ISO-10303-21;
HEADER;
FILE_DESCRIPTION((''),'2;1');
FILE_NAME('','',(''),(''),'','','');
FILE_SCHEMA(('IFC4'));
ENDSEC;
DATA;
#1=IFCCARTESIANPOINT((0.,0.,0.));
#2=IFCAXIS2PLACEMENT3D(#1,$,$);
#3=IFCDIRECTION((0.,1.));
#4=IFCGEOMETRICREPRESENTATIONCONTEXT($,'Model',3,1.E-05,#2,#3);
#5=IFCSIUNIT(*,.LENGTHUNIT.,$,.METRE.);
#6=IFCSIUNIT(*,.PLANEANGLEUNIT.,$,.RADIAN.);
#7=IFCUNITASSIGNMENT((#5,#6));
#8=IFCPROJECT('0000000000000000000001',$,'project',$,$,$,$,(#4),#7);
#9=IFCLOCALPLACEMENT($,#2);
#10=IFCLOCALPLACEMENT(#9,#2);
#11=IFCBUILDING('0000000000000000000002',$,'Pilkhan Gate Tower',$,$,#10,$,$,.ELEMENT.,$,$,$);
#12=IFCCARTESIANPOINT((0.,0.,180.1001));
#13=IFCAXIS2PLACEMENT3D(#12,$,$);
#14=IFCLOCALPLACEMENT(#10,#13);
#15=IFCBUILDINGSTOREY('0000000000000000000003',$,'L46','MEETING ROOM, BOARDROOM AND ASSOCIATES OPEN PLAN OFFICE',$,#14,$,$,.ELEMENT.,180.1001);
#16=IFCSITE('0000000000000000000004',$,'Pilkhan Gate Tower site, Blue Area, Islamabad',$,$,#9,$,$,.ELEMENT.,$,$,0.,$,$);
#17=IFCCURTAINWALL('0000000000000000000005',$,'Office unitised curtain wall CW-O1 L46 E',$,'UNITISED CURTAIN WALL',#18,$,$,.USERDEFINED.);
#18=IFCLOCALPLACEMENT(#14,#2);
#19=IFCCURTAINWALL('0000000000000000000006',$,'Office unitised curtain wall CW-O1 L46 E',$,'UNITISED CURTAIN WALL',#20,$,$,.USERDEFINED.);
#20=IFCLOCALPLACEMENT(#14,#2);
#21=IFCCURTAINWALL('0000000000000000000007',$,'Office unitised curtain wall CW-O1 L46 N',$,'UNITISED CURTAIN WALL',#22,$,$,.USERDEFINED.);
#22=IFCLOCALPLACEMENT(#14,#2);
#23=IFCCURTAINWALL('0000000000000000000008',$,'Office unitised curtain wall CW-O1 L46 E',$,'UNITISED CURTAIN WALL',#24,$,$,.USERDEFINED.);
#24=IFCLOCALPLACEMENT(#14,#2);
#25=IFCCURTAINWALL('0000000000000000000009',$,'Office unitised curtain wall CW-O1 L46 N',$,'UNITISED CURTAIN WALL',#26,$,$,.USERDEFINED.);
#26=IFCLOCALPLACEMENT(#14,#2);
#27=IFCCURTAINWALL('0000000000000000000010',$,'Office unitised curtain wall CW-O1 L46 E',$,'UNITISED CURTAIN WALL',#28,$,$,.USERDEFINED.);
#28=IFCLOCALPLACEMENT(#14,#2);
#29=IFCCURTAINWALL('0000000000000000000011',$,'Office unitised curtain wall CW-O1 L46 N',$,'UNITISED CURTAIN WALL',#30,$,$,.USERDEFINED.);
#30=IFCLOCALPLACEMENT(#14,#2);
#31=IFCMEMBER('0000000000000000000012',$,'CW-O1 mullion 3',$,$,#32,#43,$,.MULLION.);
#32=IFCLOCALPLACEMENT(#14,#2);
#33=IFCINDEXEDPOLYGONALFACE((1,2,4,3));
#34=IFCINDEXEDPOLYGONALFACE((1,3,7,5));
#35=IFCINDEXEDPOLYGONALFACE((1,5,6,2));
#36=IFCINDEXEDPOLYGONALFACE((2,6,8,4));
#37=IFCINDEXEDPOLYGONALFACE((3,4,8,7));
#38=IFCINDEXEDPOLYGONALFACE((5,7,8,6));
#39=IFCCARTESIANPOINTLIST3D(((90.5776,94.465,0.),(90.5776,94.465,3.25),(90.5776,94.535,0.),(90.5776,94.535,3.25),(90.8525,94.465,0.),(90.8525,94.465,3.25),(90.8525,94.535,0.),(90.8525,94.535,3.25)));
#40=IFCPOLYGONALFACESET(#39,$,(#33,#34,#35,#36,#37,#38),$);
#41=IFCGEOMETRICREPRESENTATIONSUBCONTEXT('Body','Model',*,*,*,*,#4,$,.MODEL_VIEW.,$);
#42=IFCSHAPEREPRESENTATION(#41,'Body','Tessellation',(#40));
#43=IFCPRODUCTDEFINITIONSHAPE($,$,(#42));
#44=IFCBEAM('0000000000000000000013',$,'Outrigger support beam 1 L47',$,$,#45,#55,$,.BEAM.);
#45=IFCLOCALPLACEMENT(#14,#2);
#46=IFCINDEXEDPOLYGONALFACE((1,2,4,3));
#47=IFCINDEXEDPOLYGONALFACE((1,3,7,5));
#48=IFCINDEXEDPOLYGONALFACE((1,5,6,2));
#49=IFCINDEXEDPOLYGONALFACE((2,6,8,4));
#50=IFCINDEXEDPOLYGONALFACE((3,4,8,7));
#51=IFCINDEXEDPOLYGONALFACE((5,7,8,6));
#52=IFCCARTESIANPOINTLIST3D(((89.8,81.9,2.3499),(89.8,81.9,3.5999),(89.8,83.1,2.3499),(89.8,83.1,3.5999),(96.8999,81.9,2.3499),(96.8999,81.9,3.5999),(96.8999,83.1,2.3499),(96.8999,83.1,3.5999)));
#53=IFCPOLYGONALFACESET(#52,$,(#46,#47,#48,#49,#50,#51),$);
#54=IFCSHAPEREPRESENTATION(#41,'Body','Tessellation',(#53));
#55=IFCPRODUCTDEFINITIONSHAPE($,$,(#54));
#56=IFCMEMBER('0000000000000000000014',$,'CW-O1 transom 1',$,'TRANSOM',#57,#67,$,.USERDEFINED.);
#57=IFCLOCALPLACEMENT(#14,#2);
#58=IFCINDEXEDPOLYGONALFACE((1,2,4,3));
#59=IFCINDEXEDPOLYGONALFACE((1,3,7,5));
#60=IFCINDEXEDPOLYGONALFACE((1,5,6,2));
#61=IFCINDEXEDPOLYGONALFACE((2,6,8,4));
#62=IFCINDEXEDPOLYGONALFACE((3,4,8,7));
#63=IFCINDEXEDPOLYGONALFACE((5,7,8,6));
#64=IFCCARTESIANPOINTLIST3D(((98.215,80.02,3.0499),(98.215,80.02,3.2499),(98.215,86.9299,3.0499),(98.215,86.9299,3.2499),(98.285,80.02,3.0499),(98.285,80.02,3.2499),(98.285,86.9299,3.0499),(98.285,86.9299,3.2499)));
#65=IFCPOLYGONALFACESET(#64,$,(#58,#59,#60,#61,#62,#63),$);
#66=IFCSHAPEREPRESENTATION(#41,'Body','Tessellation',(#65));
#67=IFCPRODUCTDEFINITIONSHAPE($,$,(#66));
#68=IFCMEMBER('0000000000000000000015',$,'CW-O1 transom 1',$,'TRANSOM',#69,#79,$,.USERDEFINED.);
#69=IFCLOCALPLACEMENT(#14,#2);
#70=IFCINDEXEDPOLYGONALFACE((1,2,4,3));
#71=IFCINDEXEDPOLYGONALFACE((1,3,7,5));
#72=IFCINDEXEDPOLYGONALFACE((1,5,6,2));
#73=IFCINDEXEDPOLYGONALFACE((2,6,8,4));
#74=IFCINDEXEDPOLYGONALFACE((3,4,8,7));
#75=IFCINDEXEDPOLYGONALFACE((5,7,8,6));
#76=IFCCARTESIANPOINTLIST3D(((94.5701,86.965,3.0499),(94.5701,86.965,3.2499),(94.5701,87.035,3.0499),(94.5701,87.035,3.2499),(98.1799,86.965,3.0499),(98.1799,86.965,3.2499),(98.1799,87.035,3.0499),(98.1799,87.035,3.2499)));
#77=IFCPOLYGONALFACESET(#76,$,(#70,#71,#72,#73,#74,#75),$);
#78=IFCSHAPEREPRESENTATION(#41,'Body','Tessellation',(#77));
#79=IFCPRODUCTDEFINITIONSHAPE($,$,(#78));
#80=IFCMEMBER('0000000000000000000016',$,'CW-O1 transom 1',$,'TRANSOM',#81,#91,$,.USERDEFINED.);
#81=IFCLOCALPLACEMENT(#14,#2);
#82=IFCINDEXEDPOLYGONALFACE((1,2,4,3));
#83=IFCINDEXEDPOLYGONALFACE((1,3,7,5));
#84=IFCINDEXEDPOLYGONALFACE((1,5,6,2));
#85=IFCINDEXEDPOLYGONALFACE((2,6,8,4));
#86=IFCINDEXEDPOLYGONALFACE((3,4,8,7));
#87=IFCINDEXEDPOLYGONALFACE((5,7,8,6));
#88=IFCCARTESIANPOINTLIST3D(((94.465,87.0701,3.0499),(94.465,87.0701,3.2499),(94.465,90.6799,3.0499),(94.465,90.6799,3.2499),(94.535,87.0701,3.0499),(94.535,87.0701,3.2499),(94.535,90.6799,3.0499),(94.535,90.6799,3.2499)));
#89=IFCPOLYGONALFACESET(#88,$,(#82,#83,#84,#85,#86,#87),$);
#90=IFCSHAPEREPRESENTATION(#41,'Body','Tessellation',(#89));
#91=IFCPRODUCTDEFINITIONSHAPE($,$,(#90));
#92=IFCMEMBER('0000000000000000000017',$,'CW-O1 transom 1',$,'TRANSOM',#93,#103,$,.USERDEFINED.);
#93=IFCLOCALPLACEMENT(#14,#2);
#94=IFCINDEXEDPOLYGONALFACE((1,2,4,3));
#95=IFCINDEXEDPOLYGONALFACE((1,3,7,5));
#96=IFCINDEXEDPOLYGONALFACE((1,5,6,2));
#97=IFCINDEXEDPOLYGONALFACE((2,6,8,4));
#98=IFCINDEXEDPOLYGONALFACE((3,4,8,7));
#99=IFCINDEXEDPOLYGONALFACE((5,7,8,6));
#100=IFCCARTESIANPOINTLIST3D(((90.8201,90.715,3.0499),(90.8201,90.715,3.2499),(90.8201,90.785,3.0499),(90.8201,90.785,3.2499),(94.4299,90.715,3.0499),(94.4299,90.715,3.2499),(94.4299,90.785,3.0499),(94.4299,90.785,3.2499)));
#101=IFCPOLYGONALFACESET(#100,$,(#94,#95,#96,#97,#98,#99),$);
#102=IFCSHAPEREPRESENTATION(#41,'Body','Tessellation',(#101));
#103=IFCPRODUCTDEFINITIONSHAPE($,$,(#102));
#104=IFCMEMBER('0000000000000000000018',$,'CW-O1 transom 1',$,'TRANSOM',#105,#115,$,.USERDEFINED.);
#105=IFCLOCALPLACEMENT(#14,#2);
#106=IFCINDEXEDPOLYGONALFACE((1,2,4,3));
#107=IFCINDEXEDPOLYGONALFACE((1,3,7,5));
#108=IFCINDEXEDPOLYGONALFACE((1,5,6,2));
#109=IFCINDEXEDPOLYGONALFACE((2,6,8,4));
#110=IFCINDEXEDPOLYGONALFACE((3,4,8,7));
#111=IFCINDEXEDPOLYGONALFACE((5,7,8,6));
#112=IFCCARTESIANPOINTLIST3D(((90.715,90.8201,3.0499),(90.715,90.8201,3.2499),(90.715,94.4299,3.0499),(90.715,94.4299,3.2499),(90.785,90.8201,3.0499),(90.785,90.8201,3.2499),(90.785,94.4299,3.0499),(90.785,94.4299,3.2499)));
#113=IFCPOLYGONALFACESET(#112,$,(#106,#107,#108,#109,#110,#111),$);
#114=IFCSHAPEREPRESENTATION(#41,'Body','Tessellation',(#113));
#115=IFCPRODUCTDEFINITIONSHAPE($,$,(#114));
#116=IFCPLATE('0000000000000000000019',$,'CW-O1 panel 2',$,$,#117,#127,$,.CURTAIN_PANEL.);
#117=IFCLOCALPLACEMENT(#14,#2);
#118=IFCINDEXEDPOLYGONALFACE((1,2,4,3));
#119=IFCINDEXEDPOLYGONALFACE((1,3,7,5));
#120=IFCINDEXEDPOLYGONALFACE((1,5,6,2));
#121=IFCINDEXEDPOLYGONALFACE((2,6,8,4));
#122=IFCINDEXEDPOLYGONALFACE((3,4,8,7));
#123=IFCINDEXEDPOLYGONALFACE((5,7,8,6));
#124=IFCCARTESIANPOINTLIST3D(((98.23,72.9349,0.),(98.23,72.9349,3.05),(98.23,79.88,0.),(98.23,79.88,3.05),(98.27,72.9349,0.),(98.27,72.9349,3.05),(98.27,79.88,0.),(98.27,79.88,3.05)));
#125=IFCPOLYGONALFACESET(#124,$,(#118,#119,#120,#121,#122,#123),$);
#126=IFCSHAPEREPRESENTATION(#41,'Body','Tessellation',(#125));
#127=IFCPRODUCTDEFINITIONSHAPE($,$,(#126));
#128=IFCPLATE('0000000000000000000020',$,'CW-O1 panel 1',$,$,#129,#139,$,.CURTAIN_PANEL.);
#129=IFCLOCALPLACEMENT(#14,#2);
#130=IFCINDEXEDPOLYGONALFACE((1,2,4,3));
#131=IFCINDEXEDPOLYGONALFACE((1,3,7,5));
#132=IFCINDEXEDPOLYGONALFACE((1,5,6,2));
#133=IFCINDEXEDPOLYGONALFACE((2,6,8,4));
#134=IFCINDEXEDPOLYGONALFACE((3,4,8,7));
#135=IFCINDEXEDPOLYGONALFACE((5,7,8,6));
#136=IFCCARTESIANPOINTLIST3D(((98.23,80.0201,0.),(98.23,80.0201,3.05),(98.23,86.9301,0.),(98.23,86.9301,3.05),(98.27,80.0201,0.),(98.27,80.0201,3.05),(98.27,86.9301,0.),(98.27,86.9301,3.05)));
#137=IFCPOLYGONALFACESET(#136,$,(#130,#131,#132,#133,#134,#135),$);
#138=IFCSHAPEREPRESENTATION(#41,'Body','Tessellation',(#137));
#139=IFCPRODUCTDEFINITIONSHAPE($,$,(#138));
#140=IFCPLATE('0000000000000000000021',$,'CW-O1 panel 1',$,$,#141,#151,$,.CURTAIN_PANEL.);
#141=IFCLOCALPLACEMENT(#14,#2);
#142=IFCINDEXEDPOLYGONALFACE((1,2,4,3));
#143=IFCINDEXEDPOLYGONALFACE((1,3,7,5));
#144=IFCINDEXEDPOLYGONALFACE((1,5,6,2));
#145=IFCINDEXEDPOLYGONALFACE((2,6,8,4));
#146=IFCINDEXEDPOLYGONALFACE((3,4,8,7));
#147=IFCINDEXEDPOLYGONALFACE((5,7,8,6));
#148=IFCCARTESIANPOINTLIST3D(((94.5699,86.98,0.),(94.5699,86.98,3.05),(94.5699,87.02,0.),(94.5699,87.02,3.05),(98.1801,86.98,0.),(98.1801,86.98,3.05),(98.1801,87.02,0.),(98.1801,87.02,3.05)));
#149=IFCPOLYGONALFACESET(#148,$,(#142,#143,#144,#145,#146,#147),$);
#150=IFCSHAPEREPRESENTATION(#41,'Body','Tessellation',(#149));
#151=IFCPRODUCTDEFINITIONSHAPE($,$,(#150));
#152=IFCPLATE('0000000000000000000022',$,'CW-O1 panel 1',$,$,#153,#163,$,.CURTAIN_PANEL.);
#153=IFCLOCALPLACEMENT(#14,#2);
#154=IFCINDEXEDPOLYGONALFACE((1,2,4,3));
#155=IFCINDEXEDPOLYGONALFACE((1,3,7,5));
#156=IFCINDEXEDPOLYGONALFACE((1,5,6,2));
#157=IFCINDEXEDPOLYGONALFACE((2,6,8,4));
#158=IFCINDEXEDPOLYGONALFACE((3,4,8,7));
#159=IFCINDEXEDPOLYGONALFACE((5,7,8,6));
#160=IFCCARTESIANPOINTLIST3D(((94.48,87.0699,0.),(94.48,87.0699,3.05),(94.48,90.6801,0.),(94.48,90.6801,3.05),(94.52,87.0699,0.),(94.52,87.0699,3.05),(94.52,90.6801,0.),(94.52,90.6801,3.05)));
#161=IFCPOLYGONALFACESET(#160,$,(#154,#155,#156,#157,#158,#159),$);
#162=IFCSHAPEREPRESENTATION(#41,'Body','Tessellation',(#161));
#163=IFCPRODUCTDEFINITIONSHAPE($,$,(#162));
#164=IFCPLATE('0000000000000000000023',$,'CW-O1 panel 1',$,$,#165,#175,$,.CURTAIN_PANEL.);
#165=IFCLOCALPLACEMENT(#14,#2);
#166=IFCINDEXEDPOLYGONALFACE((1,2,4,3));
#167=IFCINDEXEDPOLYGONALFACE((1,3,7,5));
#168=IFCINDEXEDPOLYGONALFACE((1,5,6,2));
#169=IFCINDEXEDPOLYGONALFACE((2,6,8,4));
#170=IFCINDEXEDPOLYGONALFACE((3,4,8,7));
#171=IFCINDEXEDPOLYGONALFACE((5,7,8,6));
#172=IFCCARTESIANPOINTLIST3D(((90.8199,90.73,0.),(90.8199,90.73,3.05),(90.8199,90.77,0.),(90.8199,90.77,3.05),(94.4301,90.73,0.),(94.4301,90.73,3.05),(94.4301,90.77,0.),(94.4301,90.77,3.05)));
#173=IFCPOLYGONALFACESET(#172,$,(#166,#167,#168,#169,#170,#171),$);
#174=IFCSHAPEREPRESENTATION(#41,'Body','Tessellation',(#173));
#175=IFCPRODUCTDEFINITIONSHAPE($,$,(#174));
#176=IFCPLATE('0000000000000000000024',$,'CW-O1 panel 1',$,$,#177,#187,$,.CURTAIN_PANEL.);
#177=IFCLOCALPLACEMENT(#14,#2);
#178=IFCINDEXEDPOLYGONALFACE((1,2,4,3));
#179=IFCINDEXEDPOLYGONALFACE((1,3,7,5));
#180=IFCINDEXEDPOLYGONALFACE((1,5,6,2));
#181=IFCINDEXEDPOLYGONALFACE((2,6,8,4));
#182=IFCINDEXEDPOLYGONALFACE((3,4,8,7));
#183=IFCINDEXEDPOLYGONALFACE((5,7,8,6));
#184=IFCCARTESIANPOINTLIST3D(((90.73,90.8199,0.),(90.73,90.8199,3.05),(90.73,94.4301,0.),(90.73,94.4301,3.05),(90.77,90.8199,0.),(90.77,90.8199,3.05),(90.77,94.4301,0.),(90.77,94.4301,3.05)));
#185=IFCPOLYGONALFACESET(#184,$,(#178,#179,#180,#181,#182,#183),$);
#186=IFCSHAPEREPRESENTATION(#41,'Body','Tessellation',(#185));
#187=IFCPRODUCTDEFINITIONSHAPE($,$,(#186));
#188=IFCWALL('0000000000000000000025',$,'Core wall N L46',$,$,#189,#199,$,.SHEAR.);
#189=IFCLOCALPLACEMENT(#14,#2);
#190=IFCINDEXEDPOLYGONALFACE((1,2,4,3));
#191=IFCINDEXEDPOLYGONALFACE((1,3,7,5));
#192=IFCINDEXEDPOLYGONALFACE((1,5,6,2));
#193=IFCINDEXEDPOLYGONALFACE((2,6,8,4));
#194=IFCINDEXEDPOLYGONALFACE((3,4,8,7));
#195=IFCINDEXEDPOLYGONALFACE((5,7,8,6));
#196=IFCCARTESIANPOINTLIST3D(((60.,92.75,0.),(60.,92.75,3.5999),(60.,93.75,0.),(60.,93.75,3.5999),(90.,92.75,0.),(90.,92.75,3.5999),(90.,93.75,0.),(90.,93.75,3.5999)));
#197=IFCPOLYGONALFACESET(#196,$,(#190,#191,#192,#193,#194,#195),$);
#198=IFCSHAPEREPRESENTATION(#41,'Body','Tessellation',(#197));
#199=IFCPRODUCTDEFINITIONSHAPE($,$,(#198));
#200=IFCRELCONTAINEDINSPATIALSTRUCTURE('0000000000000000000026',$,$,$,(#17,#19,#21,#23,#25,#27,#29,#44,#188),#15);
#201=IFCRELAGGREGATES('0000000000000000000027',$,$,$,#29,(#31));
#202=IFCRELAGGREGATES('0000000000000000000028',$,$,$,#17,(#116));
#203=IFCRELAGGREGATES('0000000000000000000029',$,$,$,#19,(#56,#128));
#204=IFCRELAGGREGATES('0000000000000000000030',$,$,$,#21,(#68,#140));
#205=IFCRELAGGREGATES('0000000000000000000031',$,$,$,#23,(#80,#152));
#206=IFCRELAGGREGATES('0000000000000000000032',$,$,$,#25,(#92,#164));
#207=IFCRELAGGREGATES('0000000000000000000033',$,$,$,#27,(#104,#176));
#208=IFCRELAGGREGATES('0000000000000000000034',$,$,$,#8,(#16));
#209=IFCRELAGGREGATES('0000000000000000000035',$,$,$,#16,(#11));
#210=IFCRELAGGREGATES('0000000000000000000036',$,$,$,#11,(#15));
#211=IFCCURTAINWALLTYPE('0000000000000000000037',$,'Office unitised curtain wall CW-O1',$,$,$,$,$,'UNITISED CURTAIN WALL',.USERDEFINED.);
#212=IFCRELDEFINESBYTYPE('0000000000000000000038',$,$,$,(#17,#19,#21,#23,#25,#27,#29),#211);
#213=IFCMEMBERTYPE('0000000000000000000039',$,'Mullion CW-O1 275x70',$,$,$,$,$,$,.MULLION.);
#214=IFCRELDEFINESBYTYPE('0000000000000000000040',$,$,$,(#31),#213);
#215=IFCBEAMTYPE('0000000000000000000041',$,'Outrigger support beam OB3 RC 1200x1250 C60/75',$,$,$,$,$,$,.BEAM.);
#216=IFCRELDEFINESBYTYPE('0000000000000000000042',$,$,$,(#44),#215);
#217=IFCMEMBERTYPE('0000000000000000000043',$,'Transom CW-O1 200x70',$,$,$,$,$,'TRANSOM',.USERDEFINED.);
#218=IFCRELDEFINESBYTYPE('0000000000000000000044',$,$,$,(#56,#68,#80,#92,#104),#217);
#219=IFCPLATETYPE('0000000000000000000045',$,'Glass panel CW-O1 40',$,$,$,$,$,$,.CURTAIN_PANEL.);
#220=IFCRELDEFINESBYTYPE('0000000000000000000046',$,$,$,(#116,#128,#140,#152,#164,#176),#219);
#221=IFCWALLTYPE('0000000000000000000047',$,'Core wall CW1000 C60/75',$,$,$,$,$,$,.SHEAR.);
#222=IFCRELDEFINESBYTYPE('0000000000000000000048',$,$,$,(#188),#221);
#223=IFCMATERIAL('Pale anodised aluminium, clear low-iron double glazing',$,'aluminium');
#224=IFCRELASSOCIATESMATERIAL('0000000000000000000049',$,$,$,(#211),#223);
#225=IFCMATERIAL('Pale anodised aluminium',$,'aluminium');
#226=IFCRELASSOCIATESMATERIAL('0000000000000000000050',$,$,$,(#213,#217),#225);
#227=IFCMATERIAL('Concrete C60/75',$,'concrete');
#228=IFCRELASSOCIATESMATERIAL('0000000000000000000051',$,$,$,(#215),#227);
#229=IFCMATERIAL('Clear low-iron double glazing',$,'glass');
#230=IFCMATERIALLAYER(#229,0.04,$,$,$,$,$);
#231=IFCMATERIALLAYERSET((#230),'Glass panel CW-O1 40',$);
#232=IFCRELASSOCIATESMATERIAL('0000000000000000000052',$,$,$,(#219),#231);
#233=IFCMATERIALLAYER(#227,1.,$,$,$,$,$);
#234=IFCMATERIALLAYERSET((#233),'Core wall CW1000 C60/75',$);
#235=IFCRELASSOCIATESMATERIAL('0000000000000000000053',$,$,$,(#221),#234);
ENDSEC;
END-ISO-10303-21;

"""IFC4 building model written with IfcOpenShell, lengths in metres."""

from ifc_helpers import new_model, si_unit, direction, frame, frame_2d, origin, origin_2d, place, context, subcontext, project, spatial, rectangle, extrude, material, layer, layer_set, material_profile, profile_set, type_object, element, aggregate, save


model = new_model("IFC4")

# Units and contexts
model_context = context("Model", 3, precision=1e-05, world=origin(), true_north=direction((0.0, 1.0)))
body_context = subcontext(model_context, "Body", "Model", "MODEL_VIEW")
ifc_project = project(units=[si_unit("LENGTHUNIT", "METRE"), si_unit("PLANEANGLEUNIT", "RADIAN")], contexts=[model_context])

# Site, building, storey
site_placement = place(None, origin())
site = spatial("IfcSite", under=ifc_project, at=site_placement, Name="Pilkhan Gate Tower site, Blue Area, Islamabad", CompositionType="ELEMENT", RefElevation=0.0)
building_placement = place(site_placement, origin())
building = spatial("IfcBuilding", under=site, at=building_placement, Name="Pilkhan Gate Tower", CompositionType="ELEMENT")
storey_placement = place(building_placement, frame((0.0, 0.0, 180.1001)))
storey = spatial("IfcBuildingStorey", under=building, at=storey_placement, Name="L46", Description="MEETING ROOM, BOARDROOM AND ASSOCIATES OPEN PLAN OFFICE", CompositionType="ELEMENT", Elevation=180.1001)

# Shared definitions
ifc_material_1 = material(Name="Concrete C60/75", Category="concrete")

# Curtain wall
ifc_material_2 = material(Name="Pale anodised aluminium, clear low-iron double glazing", Category="aluminium")
curtain_wall_type = type_object("IfcCurtainWallType", Name="Office unitised curtain wall CW-O1", ElementType="UNITISED CURTAIN WALL", PredefinedType="USERDEFINED", material=ifc_material_2)
curtain_wall_1_placement = place(storey_placement, origin())
curtain_wall_1 = element("IfcCurtainWall", 1, at=curtain_wall_1_placement, inside=storey, type_object=curtain_wall_type, Name="Office unitised curtain wall CW-O1 L46 E", ObjectType="UNITISED CURTAIN WALL", PredefinedType="USERDEFINED")
ifc_material_3 = material(Name="Pale anodised aluminium", Category="aluminium")
ifc_material_profile_1 = material_profile(ifc_material_3, rectangle(XDim=0.0701, YDim=0.2749, at=origin_2d()), Name="Mullion 275x70")
ifc_profile_set_1 = profile_set([ifc_material_profile_1], Name="Pale anodised aluminium")
member_type_1 = type_object("IfcMemberType", Name="Mullion CW-O1 275x70", PredefinedType="MULLION", material=ifc_profile_set_1)

# Curtain walls
curtain_wall_2_placement = place(storey_placement, origin())
curtain_wall_2 = element("IfcCurtainWall", 2, at=curtain_wall_2_placement, inside=storey, type_object=curtain_wall_type, Name="Office unitised curtain wall CW-O1 L46 E", ObjectType="UNITISED CURTAIN WALL", PredefinedType="USERDEFINED")
curtain_wall_3_placement = place(storey_placement, origin())
curtain_wall_3 = element("IfcCurtainWall", 3, at=curtain_wall_3_placement, inside=storey, type_object=curtain_wall_type, Name="Office unitised curtain wall CW-O1 L46 N", ObjectType="UNITISED CURTAIN WALL", PredefinedType="USERDEFINED")
curtain_wall_4_placement = place(storey_placement, origin())
curtain_wall_4 = element("IfcCurtainWall", 4, at=curtain_wall_4_placement, inside=storey, type_object=curtain_wall_type, Name="Office unitised curtain wall CW-O1 L46 E", ObjectType="UNITISED CURTAIN WALL", PredefinedType="USERDEFINED")
curtain_wall_5_placement = place(storey_placement, origin())
curtain_wall_5 = element("IfcCurtainWall", 5, at=curtain_wall_5_placement, inside=storey, type_object=curtain_wall_type, Name="Office unitised curtain wall CW-O1 L46 N", ObjectType="UNITISED CURTAIN WALL", PredefinedType="USERDEFINED")
curtain_wall_6_placement = place(storey_placement, origin())
curtain_wall_6 = element("IfcCurtainWall", 6, at=curtain_wall_6_placement, inside=storey, type_object=curtain_wall_type, Name="Office unitised curtain wall CW-O1 L46 E", ObjectType="UNITISED CURTAIN WALL", PredefinedType="USERDEFINED")

# Curtain wall, member
curtain_wall_7_placement = place(storey_placement, origin())
curtain_wall_7 = element("IfcCurtainWall", 7, at=curtain_wall_7_placement, inside=storey, type_object=curtain_wall_type, Name="Office unitised curtain wall CW-O1 L46 N", ObjectType="UNITISED CURTAIN WALL", PredefinedType="USERDEFINED")
member_1_placement = place(storey_placement, frame((90.7151, 94.5, 0.0), z_axis=(0.0, 0.0, 1.0), x_axis=(0.0, 1.0, 0.0)))
member_1 = element("IfcMember", 8, at=member_1_placement, type_object=member_type_1, Name="CW-O1 mullion 3", PredefinedType="MULLION", context=body_context, shape_type="SweptSolid", body=[
    extrude(rectangle(XDim=0.0701, YDim=0.2749, at=origin_2d()), origin(), (0.0, 0.0, 1.0), 3.25),
])
aggregate(curtain_wall_7, [member_1])

# Beam
ifc_material_profile_2 = material_profile(ifc_material_1, rectangle(XDim=1.2, YDim=1.25, at=origin_2d()), Name="RC 1200x1250")
ifc_profile_set_2 = profile_set([ifc_material_profile_2], Name="Concrete C60/75")
beam_type = type_object("IfcBeamType", Name="Outrigger support beam OB3 RC 1200x1250 C60/75", PredefinedType="BEAM", material=ifc_profile_set_2)
beam_placement = place(storey_placement, frame((89.8, 82.5, 2.9749), z_axis=(1.0, 0.0, 0.0), x_axis=(0.0, 1.0, 0.0)))
element("IfcBeam", 9, at=beam_placement, inside=storey, type_object=beam_type, Name="Outrigger support beam 1 L47", PredefinedType="BEAM", context=body_context, shape_type="SweptSolid", body=[
    extrude(rectangle(XDim=1.2, YDim=1.25, at=origin_2d()), origin(), (0.0, 0.0, 1.0), 7.0999),
])

# Members
ifc_material_profile_3 = material_profile(ifc_material_3, rectangle(XDim=0.0701, YDim=0.2, at=origin_2d()), Name="Transom 200x70")
ifc_profile_set_3 = profile_set([ifc_material_profile_3], Name="Pale anodised aluminium")
member_type_2 = type_object("IfcMemberType", Name="Transom CW-O1 200x70", ElementType="TRANSOM", PredefinedType="USERDEFINED", material=ifc_profile_set_3)
member_2_placement = place(storey_placement, frame((98.25, 80.02, 3.1499), z_axis=(0.0, 1.0, 0.0), x_axis=(-1.0, 0.0, 0.0)))
member_2 = element("IfcMember", 10, at=member_2_placement, type_object=member_type_2, Name="CW-O1 transom 1", ObjectType="TRANSOM", PredefinedType="USERDEFINED", context=body_context, shape_type="SweptSolid", body=[
    extrude(rectangle(XDim=0.0701, YDim=0.2, at=origin_2d()), origin(), (0.0, 0.0, 1.0), 6.9099),
])
member_3_placement = place(storey_placement, frame((94.5701, 87.0, 3.1499), z_axis=(1.0, 0.0, 0.0), x_axis=(0.0, 1.0, 0.0)))
member_3 = element("IfcMember", 11, at=member_3_placement, type_object=member_type_2, Name="CW-O1 transom 1", ObjectType="TRANSOM", PredefinedType="USERDEFINED", context=body_context, shape_type="SweptSolid", body=[
    extrude(rectangle(XDim=0.0701, YDim=0.2, at=origin_2d()), origin(), (0.0, 0.0, 1.0), 3.6099),
])
member_4_placement = place(storey_placement, frame((94.5, 87.0701, 3.1499), z_axis=(0.0, 1.0, 0.0), x_axis=(-1.0, 0.0, 0.0)))
member_4 = element("IfcMember", 12, at=member_4_placement, type_object=member_type_2, Name="CW-O1 transom 1", ObjectType="TRANSOM", PredefinedType="USERDEFINED", context=body_context, shape_type="SweptSolid", body=[
    extrude(rectangle(XDim=0.0701, YDim=0.2, at=origin_2d()), origin(), (0.0, 0.0, 1.0), 3.6099),
])
member_5_placement = place(storey_placement, frame((90.8201, 90.75, 3.1499), z_axis=(1.0, 0.0, 0.0), x_axis=(0.0, 1.0, 0.0)))
member_5 = element("IfcMember", 13, at=member_5_placement, type_object=member_type_2, Name="CW-O1 transom 1", ObjectType="TRANSOM", PredefinedType="USERDEFINED", context=body_context, shape_type="SweptSolid", body=[
    extrude(rectangle(XDim=0.0701, YDim=0.2, at=origin_2d()), origin(), (0.0, 0.0, 1.0), 3.6099),
])
member_6_placement = place(storey_placement, frame((90.75, 90.8201, 3.1499), z_axis=(0.0, 1.0, 0.0), x_axis=(-1.0, 0.0, 0.0)))
member_6 = element("IfcMember", 14, at=member_6_placement, type_object=member_type_2, Name="CW-O1 transom 1", ObjectType="TRANSOM", PredefinedType="USERDEFINED", context=body_context, shape_type="SweptSolid", body=[
    extrude(rectangle(XDim=0.0701, YDim=0.2, at=origin_2d()), origin(), (0.0, 0.0, 1.0), 3.6099),
])

# Plates
ifc_material_4 = material(Name="Clear low-iron double glazing", Category="glass")
ifc_layer_1 = layer(ifc_material_4, 0.04)
ifc_layer_set_1 = layer_set([ifc_layer_1], Name="Glass panel CW-O1 40")
plate_type = type_object("IfcPlateType", Name="Glass panel CW-O1 40", PredefinedType="CURTAIN_PANEL", material=ifc_layer_set_1)
plate_1_placement = place(storey_placement, frame((98.25, 76.4075, 0.0), z_axis=(0.0, 0.0, 1.0), x_axis=(0.0, 1.0, 0.0)))
plate_1 = element("IfcPlate", 15, at=plate_1_placement, type_object=plate_type, Name="CW-O1 panel 2", PredefinedType="CURTAIN_PANEL", context=body_context, shape_type="SweptSolid", body=[
    extrude(rectangle(XDim=6.9451, YDim=0.04, at=origin_2d()), origin(), (0.0, 0.0, 1.0), 3.05),
])
aggregate(curtain_wall_1, [plate_1])
plate_2_placement = place(storey_placement, frame((98.25, 83.4751, 0.0), z_axis=(0.0, 0.0, 1.0), x_axis=(0.0, 1.0, 0.0)))
plate_2 = element("IfcPlate", 16, at=plate_2_placement, type_object=plate_type, Name="CW-O1 panel 1", PredefinedType="CURTAIN_PANEL", context=body_context, shape_type="SweptSolid", body=[
    extrude(rectangle(XDim=6.9099, YDim=0.04, at=origin_2d()), origin(), (0.0, 0.0, 1.0), 3.05),
])
aggregate(curtain_wall_2, [member_2, plate_2])
plate_3_placement = place(storey_placement, frame((96.375, 87.0, 0.0), z_axis=(0.0, 0.0, 1.0), x_axis=(1.0, 0.0, 0.0)))
plate_3 = element("IfcPlate", 17, at=plate_3_placement, type_object=plate_type, Name="CW-O1 panel 1", PredefinedType="CURTAIN_PANEL", context=body_context, shape_type="SweptSolid", body=[
    extrude(rectangle(XDim=3.6101, YDim=0.04, at=origin_2d()), origin(), (0.0, 0.0, 1.0), 3.05),
])
aggregate(curtain_wall_3, [member_3, plate_3])
plate_4_placement = place(storey_placement, frame((94.5, 88.875, 0.0), z_axis=(0.0, 0.0, 1.0), x_axis=(0.0, 1.0, 0.0)))
plate_4 = element("IfcPlate", 18, at=plate_4_placement, type_object=plate_type, Name="CW-O1 panel 1", PredefinedType="CURTAIN_PANEL", context=body_context, shape_type="SweptSolid", body=[
    extrude(rectangle(XDim=3.6101, YDim=0.04, at=origin_2d()), origin(), (0.0, 0.0, 1.0), 3.05),
])
aggregate(curtain_wall_4, [member_4, plate_4])
plate_5_placement = place(storey_placement, frame((92.625, 90.75, 0.0), z_axis=(0.0, 0.0, 1.0), x_axis=(1.0, 0.0, 0.0)))
plate_5 = element("IfcPlate", 19, at=plate_5_placement, type_object=plate_type, Name="CW-O1 panel 1", PredefinedType="CURTAIN_PANEL", context=body_context, shape_type="SweptSolid", body=[
    extrude(rectangle(XDim=3.6101, YDim=0.04, at=origin_2d()), origin(), (0.0, 0.0, 1.0), 3.05),
])
aggregate(curtain_wall_5, [member_5, plate_5])
plate_6_placement = place(storey_placement, frame((90.75, 92.625, 0.0), z_axis=(0.0, 0.0, 1.0), x_axis=(0.0, 1.0, 0.0)))
plate_6 = element("IfcPlate", 20, at=plate_6_placement, type_object=plate_type, Name="CW-O1 panel 1", PredefinedType="CURTAIN_PANEL", context=body_context, shape_type="SweptSolid", body=[
    extrude(rectangle(XDim=3.6101, YDim=0.04, at=origin_2d()), origin(), (0.0, 0.0, 1.0), 3.05),
])
aggregate(curtain_wall_6, [member_6, plate_6])

# Wall
ifc_layer_2 = layer(ifc_material_1, 1.0)
ifc_layer_set_2 = layer_set([ifc_layer_2], Name="Core wall CW1000 C60/75")
wall_type_1 = type_object("IfcWallType", Name="Core wall CW1000 C60/75", PredefinedType="SHEAR", material=ifc_layer_set_2)
wall_1_placement = place(storey_placement, frame((90.0, 93.25, 0.0), z_axis=(0.0, 0.0, 1.0), x_axis=(-1.0, 0.0, 0.0)))
element("IfcWall", 21, at=wall_1_placement, inside=storey, type_object=wall_type_1, Name="Core wall N L46", PredefinedType="SHEAR", context=body_context, shape_type="SweptSolid", body=[
    extrude(rectangle(XDim=30.0, YDim=1.0, at=frame_2d((15.0, 0.0))), origin(), (0.0, 0.0, 1.0), 3.5999),
])

save(model, "model.ifc")
